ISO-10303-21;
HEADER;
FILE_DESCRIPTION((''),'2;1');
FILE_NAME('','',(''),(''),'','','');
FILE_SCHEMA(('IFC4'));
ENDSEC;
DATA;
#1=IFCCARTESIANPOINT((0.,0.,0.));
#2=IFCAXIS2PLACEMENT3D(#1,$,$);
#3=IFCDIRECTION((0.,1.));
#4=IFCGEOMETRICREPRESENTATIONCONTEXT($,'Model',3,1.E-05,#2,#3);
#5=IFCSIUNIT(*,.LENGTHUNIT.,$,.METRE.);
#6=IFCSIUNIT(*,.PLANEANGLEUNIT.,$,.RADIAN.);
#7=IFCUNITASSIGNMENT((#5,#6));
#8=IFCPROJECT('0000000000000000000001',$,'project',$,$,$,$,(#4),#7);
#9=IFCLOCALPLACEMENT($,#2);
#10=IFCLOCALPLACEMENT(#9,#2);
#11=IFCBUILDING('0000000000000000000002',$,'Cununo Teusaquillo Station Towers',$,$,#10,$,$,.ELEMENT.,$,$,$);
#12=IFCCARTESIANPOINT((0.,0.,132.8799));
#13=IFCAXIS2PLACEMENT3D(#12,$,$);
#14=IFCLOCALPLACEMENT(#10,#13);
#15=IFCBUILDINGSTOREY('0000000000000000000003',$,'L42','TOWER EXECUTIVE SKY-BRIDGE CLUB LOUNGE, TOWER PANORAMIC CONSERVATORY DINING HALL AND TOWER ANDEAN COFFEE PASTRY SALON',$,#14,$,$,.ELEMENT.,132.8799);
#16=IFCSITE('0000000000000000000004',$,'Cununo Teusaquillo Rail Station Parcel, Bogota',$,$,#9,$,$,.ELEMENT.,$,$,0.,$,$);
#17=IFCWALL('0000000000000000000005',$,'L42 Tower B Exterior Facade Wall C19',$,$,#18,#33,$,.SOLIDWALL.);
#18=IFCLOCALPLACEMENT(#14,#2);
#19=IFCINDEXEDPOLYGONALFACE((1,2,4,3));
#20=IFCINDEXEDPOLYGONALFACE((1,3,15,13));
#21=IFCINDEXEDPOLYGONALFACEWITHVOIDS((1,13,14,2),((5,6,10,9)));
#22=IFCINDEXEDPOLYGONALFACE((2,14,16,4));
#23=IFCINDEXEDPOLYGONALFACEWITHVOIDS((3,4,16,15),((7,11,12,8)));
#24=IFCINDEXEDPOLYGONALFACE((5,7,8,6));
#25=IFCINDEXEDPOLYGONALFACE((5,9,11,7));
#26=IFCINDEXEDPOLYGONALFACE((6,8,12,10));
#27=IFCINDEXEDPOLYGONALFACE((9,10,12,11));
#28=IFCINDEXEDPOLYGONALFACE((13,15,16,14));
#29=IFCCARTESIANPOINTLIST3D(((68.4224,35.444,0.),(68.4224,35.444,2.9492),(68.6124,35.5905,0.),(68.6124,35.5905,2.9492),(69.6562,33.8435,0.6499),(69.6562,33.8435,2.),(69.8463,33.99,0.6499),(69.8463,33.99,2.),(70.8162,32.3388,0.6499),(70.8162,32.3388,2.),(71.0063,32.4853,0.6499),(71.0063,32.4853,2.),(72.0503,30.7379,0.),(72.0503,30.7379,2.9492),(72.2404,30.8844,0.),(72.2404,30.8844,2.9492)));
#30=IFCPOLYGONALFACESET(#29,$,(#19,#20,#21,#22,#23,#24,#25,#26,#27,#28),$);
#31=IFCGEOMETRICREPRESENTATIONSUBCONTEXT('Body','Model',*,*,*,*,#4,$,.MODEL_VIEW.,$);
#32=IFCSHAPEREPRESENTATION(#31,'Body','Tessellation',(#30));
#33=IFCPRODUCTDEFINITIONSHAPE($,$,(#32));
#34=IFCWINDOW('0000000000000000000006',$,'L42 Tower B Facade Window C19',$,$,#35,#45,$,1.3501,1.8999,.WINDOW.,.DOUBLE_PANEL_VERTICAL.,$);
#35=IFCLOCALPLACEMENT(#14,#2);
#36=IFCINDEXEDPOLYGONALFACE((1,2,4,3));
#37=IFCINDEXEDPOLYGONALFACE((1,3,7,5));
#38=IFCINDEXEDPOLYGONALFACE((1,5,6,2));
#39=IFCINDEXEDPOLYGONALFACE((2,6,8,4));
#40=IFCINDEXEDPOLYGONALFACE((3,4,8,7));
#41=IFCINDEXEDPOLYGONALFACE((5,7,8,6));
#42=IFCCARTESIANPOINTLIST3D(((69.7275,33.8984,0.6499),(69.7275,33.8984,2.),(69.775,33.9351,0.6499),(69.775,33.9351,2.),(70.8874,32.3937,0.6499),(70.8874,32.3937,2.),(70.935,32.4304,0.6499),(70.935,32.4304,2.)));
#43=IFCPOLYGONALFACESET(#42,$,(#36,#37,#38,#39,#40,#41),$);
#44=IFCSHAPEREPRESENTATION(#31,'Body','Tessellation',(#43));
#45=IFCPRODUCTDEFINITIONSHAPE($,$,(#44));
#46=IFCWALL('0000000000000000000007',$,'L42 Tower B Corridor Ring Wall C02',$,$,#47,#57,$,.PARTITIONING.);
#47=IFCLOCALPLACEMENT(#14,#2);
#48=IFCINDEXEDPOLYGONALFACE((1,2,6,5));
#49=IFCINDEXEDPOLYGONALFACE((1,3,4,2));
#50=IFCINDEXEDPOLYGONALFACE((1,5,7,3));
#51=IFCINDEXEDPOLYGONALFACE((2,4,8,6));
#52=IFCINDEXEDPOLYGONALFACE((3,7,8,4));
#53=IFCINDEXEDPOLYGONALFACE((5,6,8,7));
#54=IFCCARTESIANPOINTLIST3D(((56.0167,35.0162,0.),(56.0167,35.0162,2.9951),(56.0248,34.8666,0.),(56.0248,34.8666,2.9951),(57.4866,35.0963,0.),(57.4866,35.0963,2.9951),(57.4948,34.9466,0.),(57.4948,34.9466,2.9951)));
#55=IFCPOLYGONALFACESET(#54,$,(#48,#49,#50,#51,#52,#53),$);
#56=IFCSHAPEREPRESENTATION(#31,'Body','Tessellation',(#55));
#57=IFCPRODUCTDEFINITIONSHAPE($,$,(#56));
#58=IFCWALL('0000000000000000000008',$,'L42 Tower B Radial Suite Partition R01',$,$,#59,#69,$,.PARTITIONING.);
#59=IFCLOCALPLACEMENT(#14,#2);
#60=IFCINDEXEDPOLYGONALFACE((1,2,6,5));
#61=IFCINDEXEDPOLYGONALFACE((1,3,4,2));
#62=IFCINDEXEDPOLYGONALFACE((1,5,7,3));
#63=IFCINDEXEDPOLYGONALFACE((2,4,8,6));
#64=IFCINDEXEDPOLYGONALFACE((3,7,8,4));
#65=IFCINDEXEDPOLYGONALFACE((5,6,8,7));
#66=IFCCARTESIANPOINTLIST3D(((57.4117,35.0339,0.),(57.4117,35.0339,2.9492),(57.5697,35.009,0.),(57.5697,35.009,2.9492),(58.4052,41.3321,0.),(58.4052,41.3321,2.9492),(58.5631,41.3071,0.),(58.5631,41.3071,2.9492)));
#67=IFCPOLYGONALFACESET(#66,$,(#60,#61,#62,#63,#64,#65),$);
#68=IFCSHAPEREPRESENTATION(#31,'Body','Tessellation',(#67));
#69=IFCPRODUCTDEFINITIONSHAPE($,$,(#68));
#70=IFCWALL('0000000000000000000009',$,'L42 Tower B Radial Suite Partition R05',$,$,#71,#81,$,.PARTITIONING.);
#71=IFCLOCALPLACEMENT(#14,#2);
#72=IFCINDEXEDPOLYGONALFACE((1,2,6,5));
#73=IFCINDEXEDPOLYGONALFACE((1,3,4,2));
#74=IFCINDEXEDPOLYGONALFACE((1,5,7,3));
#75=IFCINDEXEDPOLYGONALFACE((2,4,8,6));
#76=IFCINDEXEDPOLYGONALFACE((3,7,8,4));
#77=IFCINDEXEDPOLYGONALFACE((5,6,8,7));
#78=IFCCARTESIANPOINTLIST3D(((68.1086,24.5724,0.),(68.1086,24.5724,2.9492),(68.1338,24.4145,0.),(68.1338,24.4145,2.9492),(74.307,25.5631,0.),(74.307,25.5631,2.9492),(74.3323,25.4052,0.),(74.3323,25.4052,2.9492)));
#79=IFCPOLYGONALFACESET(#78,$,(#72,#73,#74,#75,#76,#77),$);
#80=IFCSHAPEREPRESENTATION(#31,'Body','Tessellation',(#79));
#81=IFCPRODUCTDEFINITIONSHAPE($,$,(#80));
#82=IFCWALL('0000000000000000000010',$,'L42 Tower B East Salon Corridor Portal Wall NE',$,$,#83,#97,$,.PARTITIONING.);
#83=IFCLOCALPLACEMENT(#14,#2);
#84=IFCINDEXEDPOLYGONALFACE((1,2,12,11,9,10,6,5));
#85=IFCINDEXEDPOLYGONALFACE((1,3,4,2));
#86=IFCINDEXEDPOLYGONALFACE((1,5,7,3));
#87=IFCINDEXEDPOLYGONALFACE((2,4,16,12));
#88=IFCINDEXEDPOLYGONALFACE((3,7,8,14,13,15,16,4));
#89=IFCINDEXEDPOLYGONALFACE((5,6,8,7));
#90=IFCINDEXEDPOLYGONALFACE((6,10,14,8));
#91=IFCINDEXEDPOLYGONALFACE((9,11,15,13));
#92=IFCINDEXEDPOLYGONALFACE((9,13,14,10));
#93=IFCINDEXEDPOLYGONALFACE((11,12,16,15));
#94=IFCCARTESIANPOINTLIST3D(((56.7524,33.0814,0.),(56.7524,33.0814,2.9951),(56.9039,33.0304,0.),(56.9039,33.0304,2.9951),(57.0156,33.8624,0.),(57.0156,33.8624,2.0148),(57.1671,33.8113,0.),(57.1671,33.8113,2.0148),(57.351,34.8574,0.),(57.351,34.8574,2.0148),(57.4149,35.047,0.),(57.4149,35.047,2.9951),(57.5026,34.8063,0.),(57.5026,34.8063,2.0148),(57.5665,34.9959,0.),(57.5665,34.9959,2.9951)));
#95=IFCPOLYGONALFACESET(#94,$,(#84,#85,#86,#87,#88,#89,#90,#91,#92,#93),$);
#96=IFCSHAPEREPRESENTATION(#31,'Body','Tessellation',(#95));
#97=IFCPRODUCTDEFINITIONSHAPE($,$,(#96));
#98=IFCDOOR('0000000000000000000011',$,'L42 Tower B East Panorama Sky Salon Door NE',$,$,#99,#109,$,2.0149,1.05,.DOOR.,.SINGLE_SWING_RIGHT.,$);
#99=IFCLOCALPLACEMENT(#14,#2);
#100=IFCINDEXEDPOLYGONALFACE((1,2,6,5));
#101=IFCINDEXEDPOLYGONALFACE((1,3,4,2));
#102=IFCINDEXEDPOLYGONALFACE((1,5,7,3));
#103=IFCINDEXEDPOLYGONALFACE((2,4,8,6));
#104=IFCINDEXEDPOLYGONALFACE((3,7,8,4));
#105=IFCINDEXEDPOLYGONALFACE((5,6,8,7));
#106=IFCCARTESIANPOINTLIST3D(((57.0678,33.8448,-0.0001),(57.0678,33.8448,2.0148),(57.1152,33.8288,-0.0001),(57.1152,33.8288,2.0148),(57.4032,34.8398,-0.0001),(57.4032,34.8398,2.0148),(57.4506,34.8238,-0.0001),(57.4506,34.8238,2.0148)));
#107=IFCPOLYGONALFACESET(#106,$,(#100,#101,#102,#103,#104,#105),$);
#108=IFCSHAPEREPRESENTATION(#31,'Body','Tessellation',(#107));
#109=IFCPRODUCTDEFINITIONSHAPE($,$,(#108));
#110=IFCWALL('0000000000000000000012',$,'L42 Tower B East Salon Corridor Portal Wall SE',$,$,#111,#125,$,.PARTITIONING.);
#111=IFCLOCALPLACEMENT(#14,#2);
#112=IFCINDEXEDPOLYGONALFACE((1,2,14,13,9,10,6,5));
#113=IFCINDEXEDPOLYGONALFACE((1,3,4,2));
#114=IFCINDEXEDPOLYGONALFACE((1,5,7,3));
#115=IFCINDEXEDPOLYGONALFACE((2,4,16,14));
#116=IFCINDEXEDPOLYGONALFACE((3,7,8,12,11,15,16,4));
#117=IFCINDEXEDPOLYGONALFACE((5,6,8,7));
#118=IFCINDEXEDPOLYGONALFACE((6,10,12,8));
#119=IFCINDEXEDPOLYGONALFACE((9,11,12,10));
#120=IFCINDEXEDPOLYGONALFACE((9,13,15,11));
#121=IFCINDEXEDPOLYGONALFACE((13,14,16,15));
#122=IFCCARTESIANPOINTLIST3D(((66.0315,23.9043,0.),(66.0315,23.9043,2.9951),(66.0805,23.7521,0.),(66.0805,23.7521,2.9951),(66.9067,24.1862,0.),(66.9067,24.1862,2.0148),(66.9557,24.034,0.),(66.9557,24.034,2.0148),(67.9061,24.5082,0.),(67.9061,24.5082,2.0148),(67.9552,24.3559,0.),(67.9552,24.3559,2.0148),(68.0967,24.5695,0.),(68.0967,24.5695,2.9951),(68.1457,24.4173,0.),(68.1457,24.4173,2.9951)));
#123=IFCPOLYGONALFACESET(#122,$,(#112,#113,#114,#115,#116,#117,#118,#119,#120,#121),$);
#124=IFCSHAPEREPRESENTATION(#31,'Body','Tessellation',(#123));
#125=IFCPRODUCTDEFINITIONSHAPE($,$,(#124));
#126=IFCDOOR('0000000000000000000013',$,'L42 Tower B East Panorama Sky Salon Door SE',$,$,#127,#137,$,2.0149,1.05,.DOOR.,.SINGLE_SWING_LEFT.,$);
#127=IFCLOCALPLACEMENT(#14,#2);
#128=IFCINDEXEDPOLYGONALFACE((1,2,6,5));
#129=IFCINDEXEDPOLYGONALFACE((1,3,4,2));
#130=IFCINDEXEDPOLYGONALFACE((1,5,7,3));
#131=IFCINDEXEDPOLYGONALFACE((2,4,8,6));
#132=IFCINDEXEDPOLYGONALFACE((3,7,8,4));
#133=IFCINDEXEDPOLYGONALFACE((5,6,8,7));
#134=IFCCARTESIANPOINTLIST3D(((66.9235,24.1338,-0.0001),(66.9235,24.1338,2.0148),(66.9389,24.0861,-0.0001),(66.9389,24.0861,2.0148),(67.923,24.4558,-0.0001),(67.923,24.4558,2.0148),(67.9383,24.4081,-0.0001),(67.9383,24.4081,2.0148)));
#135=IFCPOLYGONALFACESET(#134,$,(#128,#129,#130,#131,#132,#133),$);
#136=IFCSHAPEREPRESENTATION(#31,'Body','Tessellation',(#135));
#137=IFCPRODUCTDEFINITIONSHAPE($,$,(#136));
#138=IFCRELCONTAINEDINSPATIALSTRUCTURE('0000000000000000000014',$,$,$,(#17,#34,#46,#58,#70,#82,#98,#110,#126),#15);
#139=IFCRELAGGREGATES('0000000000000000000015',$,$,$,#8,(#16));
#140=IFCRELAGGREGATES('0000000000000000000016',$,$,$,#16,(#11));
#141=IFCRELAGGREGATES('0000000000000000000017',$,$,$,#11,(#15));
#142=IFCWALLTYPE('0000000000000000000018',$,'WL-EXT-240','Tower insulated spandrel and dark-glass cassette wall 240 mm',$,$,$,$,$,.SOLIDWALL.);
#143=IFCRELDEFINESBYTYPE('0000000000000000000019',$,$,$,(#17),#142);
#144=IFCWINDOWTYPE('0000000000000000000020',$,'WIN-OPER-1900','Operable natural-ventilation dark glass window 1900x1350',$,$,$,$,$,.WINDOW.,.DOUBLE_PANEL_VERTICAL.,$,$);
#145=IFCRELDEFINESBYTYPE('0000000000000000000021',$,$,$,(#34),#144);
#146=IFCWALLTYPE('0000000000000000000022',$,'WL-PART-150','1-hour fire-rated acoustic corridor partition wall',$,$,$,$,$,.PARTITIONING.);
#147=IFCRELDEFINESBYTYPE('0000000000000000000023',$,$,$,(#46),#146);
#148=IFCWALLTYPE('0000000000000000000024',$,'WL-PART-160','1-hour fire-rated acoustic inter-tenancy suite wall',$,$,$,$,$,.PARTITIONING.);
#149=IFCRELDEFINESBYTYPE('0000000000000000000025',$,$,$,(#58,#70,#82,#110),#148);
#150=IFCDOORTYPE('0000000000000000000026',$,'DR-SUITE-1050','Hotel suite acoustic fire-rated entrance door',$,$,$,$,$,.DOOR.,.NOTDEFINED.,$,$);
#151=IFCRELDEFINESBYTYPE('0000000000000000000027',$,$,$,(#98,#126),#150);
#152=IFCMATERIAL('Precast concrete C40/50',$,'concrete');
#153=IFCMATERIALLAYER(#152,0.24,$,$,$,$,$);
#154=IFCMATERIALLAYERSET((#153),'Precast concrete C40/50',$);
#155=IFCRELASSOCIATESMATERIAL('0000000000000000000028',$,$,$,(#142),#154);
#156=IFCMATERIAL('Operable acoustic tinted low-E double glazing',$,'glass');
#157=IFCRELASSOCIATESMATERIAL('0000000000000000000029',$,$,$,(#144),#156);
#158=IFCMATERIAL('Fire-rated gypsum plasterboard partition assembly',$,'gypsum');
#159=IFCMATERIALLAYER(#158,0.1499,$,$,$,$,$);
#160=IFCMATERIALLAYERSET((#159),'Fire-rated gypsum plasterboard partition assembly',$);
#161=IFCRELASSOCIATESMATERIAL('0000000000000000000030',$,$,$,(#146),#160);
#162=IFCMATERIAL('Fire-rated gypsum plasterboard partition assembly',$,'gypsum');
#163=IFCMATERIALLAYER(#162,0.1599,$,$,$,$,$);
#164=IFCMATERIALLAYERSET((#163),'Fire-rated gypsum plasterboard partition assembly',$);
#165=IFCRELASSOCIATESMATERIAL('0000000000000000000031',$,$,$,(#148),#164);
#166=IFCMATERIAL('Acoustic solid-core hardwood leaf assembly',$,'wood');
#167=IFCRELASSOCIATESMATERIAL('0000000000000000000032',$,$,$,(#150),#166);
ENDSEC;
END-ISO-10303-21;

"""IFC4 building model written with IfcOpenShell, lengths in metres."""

from ifc_helpers import new_model, si_unit, direction, frame, frame_2d, origin, place, context, subcontext, project, spatial, rectangle, extrude, source, transform, mapped, material, layer, layer_set, type_object, element, fill, save


model = new_model("IFC4")

# Units and contexts
model_context = context("Model", 3, precision=1e-05, world=origin(), true_north=direction((0.0, 1.0)))
body_context = subcontext(model_context, "Body", "Model", "MODEL_VIEW")
ifc_project = project(units=[si_unit("LENGTHUNIT", "METRE"), si_unit("PLANEANGLEUNIT", "RADIAN")], contexts=[model_context])

# Site, building, storey
site_placement = place(None, origin())
site = spatial("IfcSite", under=ifc_project, at=site_placement, Name="Cununo Teusaquillo Rail Station Parcel, Bogota", CompositionType="ELEMENT", RefElevation=0.0)
building_placement = place(site_placement, origin())
building = spatial("IfcBuilding", under=site, at=building_placement, Name="Cununo Teusaquillo Station Towers", CompositionType="ELEMENT")
storey_placement = place(building_placement, frame((0.0, 0.0, 132.8799)))
storey = spatial("IfcBuildingStorey", under=building, at=storey_placement, Name="L42", Description="TOWER EXECUTIVE SKY-BRIDGE CLUB LOUNGE, TOWER PANORAMIC CONSERVATORY DINING HALL AND TOWER ANDEAN COFFEE PASTRY SALON", CompositionType="ELEMENT", Elevation=132.8799)

# Shared definitions
ifc_material_1 = material(Name="Precast concrete C40/50", Category="concrete")
ifc_layer_1 = layer(ifc_material_1, 0.24)
ifc_layer_set_1 = layer_set([ifc_layer_1], Name="Precast concrete C40/50")
wall_type_1 = type_object("IfcWallType", Name="WL-EXT-240", Description="Tower insulated spandrel and dark-glass cassette wall 240 mm", PredefinedType="SOLIDWALL", material=ifc_layer_set_1)
shared_shape_1 = source(origin(), body_context, "Body", "SweptSolid", [
    extrude(rectangle(XDim=1.8999, YDim=1.3501, at=frame_2d((0.95, 0.675))), frame((0.0, 0.1299, 0.0), z_axis=(0.0, -1.0, 0.0), x_axis=(1.0, 0.0, 0.0)), (0.0, 0.0, 1.0), 0.26),
])
ifc_material_2 = material(Name="Operable acoustic tinted low-E double glazing", Category="glass")
window_type = type_object("IfcWindowType", Name="WIN-OPER-1900", Description="Operable natural-ventilation dark glass window 1900x1350", PartitioningType="DOUBLE_PANEL_VERTICAL", PredefinedType="WINDOW", material=ifc_material_2)
shared_shape_2 = source(origin(), body_context, "Body", "SweptSolid", [
    extrude(rectangle(XDim=1.8999, YDim=1.3501, at=frame_2d((0.95, 0.675))), frame((0.0, 0.03, 0.0), z_axis=(0.0, -1.0, 0.0), x_axis=(1.0, 0.0, 0.0)), (0.0, 0.0, 1.0), 0.0601),
])

# Wall, opening, window
wall_1_placement = place(storey_placement, frame((68.5173, 35.5173, 0.0), z_axis=(0.0, 0.0, 1.0), x_axis=(0.610544, -0.791982, 0.0)))
wall_1 = element("IfcWall", 1, at=wall_1_placement, inside=storey, type_object=wall_type_1, Name="L42 Tower B Exterior Facade Wall C19", PredefinedType="SOLIDWALL", context=body_context, shape_type="SweptSolid", body=[
    extrude(rectangle(XDim=5.9421, YDim=0.24, at=frame_2d((2.9712, 0.0))), origin(), (0.0, 0.0, 1.0), 2.9492),
])
opening_1_placement = place(wall_1_placement, frame((2.021, 0.0, 0.6499)))
opening_1 = element("IfcOpeningElement", 2, at=opening_1_placement, cuts=wall_1, PredefinedType="OPENING", context=body_context, shape_type="MappedRepresentation", body=[
    mapped(shared_shape_1, transform((0.0, 0.0, 0.0), x_axis=(1.0, 0.0, 0.0), y_axis=(0.0, 1.0, 0.0), z_axis=(0.0, 0.0, 1.0), scale=1.0)),
])
window_1_placement = place(opening_1_placement, origin())
window_1 = element("IfcWindow", 3, at=window_1_placement, inside=storey, type_object=window_type, Name="L42 Tower B Facade Window C19", OverallHeight=1.3501, OverallWidth=1.8999, PartitioningType="DOUBLE_PANEL_VERTICAL", PredefinedType="WINDOW", context=body_context, shape_type="MappedRepresentation", body=[
    mapped(shared_shape_2, transform((0.0, 0.0, 0.0), x_axis=(1.0, 0.0, 0.0), y_axis=(0.0, 1.0, 0.0), z_axis=(0.0, 0.0, 1.0), scale=1.0)),
])
fill(opening_1, window_1)

# Walls
ifc_material_3 = material(Name="Fire-rated gypsum plasterboard partition assembly", Category="gypsum")
ifc_layer_2 = layer(ifc_material_3, 0.1499)
ifc_layer_set_2 = layer_set([ifc_layer_2], Name="Fire-rated gypsum plasterboard partition assembly")
wall_type_2 = type_object("IfcWallType", Name="WL-PART-150", Description="1-hour fire-rated acoustic corridor partition wall", PredefinedType="PARTITIONING", material=ifc_layer_set_2)
wall_2_placement = place(storey_placement, frame((57.4907, 35.0215, 0.0), z_axis=(0.0, 0.0, 1.0), x_axis=(-0.998519, -0.054395, 0.0)))
element("IfcWall", 4, at=wall_2_placement, inside=storey, type_object=wall_type_2, Name="L42 Tower B Corridor Ring Wall C02", PredefinedType="PARTITIONING", context=body_context, shape_type="SweptSolid", body=[
    extrude(rectangle(XDim=1.4722, YDim=0.1499, at=frame_2d((0.7361, 0.0))), origin(), (0.0, 0.0, 1.0), 2.9951),
])
ifc_material_4 = material(Name="Fire-rated gypsum plasterboard partition assembly", Category="gypsum")
ifc_layer_3 = layer(ifc_material_4, 0.1599)
ifc_layer_set_3 = layer_set([ifc_layer_3], Name="Fire-rated gypsum plasterboard partition assembly")
wall_type_3 = type_object("IfcWallType", Name="WL-PART-160", Description="1-hour fire-rated acoustic inter-tenancy suite wall", PredefinedType="PARTITIONING", material=ifc_layer_set_3)
wall_3_placement = place(storey_placement, frame((57.4907, 35.0215, 0.0), z_axis=(0.0, 0.0, 1.0), x_axis=(0.155805, 0.987788, 0.0)))
element("IfcWall", 5, at=wall_3_placement, inside=storey, type_object=wall_type_3, Name="L42 Tower B Radial Suite Partition R01", PredefinedType="PARTITIONING", context=body_context, shape_type="SweptSolid", body=[
    extrude(rectangle(XDim=6.376, YDim=0.1599, at=frame_2d((3.188, 0.0))), origin(), (0.0, 0.0, 1.0), 2.9492),
])
wall_4_placement = place(storey_placement, frame((68.1211, 24.4934, 0.0), z_axis=(0.0, 0.0, 1.0), x_axis=(0.987466, 0.15783, 0.0)))
element("IfcWall", 6, at=wall_4_placement, inside=storey, type_object=wall_type_3, Name="L42 Tower B Radial Suite Partition R05", PredefinedType="PARTITIONING", context=body_context, shape_type="SweptSolid", body=[
    extrude(rectangle(XDim=6.2771, YDim=0.1599, at=frame_2d((3.1387, 0.0))), origin(), (0.0, 0.0, 1.0), 2.9492),
])

# Walls, openings, doors
wall_5_placement = place(storey_placement, frame((56.8281, 33.0559, 0.0), z_axis=(0.0, 0.0, 1.0), x_axis=(0.319439, 0.947607, 0.0)))
wall_5 = element("IfcWall", 7, at=wall_5_placement, inside=storey, type_object=wall_type_3, Name="L42 Tower B East Salon Corridor Portal Wall NE", PredefinedType="PARTITIONING", context=body_context, shape_type="SweptSolid", body=[
    extrude(rectangle(XDim=2.0742, YDim=0.1599, at=frame_2d((1.0371, 0.0))), origin(), (0.0, 0.0, 1.0), 2.9951),
])
shared_shape_3 = source(origin(), body_context, "Body", "SweptSolid", [
    extrude(rectangle(XDim=1.05, YDim=2.0149, at=frame_2d((0.5249, 1.0073))), frame((0.0, 0.0898, 0.0), z_axis=(0.0, -1.0, 0.0), x_axis=(1.0, 0.0, 0.0)), (0.0, 0.0, 1.0), 0.1799),
])
opening_2_placement = place(wall_5_placement, frame((0.8242, 0.0, 0.0)))
opening_2 = element("IfcOpeningElement", 8, at=opening_2_placement, cuts=wall_5, PredefinedType="OPENING", context=body_context, shape_type="MappedRepresentation", body=[
    mapped(shared_shape_3, transform((0.0, 0.0, 0.0), x_axis=(1.0, 0.0, 0.0), y_axis=(0.0, 1.0, 0.0), z_axis=(0.0, 0.0, 1.0), scale=1.0)),
])
ifc_material_5 = material(Name="Acoustic solid-core hardwood leaf assembly", Category="wood")
door_type = type_object("IfcDoorType", Name="DR-SUITE-1050", Description="Hotel suite acoustic fire-rated entrance door", OperationType="NOTDEFINED", PredefinedType="DOOR", material=ifc_material_5)
shared_shape_4 = source(origin(), body_context, "Body", "SweptSolid", [
    extrude(rectangle(XDim=1.05, YDim=2.0149, at=frame_2d((0.5249, 1.0073))), frame((0.0, 0.0249, 0.0), z_axis=(0.0, -1.0, 0.0), x_axis=(1.0, 0.0, 0.0)), (0.0, 0.0, 1.0), 0.05),
])
door_1_placement = place(opening_2_placement, origin())
door_1 = element("IfcDoor", 9, at=door_1_placement, inside=storey, type_object=door_type, Name="L42 Tower B East Panorama Sky Salon Door NE", OperationType="SINGLE_SWING_RIGHT", OverallHeight=2.0149, OverallWidth=1.05, PredefinedType="DOOR", context=body_context, shape_type="MappedRepresentation", body=[
    mapped(shared_shape_4, transform((0.0, 0.0, 0.0), x_axis=(1.0, 0.0, 0.0), y_axis=(0.0, 1.0, 0.0), z_axis=(0.0, 0.0, 1.0), scale=1.0)),
])
fill(opening_2, door_1)
wall_6_placement = place(storey_placement, frame((66.0559, 23.8281, 0.0), z_axis=(0.0, 0.0, 1.0), x_axis=(0.951831, 0.306625, 0.0)))
wall_6 = element("IfcWall", 10, at=wall_6_placement, inside=storey, type_object=wall_type_3, Name="L42 Tower B East Salon Corridor Portal Wall SE", PredefinedType="PARTITIONING", context=body_context, shape_type="SweptSolid", body=[
    extrude(rectangle(XDim=2.1697, YDim=0.1599, at=frame_2d((1.085, 0.0))), origin(), (0.0, 0.0, 1.0), 2.9951),
])
opening_3_placement = place(wall_6_placement, frame((0.9197, 0.0, 0.0)))
opening_3 = element("IfcOpeningElement", 11, at=opening_3_placement, cuts=wall_6, PredefinedType="OPENING", context=body_context, shape_type="MappedRepresentation", body=[
    mapped(shared_shape_3, transform((0.0, 0.0, 0.0), x_axis=(1.0, 0.0, 0.0), y_axis=(0.0, 1.0, 0.0), z_axis=(0.0, 0.0, 1.0), scale=1.0)),
])
door_2_placement = place(opening_3_placement, origin())
door_2 = element("IfcDoor", 12, at=door_2_placement, inside=storey, type_object=door_type, Name="L42 Tower B East Panorama Sky Salon Door SE", OperationType="SINGLE_SWING_LEFT", OverallHeight=2.0149, OverallWidth=1.05, PredefinedType="DOOR", context=body_context, shape_type="MappedRepresentation", body=[
    mapped(shared_shape_4, transform((0.0, 0.0, 0.0), x_axis=(1.0, 0.0, 0.0), y_axis=(0.0, 1.0, 0.0), z_axis=(0.0, 0.0, 1.0), scale=1.0)),
])
fill(opening_3, door_2)

save(model, "model.ifc")
